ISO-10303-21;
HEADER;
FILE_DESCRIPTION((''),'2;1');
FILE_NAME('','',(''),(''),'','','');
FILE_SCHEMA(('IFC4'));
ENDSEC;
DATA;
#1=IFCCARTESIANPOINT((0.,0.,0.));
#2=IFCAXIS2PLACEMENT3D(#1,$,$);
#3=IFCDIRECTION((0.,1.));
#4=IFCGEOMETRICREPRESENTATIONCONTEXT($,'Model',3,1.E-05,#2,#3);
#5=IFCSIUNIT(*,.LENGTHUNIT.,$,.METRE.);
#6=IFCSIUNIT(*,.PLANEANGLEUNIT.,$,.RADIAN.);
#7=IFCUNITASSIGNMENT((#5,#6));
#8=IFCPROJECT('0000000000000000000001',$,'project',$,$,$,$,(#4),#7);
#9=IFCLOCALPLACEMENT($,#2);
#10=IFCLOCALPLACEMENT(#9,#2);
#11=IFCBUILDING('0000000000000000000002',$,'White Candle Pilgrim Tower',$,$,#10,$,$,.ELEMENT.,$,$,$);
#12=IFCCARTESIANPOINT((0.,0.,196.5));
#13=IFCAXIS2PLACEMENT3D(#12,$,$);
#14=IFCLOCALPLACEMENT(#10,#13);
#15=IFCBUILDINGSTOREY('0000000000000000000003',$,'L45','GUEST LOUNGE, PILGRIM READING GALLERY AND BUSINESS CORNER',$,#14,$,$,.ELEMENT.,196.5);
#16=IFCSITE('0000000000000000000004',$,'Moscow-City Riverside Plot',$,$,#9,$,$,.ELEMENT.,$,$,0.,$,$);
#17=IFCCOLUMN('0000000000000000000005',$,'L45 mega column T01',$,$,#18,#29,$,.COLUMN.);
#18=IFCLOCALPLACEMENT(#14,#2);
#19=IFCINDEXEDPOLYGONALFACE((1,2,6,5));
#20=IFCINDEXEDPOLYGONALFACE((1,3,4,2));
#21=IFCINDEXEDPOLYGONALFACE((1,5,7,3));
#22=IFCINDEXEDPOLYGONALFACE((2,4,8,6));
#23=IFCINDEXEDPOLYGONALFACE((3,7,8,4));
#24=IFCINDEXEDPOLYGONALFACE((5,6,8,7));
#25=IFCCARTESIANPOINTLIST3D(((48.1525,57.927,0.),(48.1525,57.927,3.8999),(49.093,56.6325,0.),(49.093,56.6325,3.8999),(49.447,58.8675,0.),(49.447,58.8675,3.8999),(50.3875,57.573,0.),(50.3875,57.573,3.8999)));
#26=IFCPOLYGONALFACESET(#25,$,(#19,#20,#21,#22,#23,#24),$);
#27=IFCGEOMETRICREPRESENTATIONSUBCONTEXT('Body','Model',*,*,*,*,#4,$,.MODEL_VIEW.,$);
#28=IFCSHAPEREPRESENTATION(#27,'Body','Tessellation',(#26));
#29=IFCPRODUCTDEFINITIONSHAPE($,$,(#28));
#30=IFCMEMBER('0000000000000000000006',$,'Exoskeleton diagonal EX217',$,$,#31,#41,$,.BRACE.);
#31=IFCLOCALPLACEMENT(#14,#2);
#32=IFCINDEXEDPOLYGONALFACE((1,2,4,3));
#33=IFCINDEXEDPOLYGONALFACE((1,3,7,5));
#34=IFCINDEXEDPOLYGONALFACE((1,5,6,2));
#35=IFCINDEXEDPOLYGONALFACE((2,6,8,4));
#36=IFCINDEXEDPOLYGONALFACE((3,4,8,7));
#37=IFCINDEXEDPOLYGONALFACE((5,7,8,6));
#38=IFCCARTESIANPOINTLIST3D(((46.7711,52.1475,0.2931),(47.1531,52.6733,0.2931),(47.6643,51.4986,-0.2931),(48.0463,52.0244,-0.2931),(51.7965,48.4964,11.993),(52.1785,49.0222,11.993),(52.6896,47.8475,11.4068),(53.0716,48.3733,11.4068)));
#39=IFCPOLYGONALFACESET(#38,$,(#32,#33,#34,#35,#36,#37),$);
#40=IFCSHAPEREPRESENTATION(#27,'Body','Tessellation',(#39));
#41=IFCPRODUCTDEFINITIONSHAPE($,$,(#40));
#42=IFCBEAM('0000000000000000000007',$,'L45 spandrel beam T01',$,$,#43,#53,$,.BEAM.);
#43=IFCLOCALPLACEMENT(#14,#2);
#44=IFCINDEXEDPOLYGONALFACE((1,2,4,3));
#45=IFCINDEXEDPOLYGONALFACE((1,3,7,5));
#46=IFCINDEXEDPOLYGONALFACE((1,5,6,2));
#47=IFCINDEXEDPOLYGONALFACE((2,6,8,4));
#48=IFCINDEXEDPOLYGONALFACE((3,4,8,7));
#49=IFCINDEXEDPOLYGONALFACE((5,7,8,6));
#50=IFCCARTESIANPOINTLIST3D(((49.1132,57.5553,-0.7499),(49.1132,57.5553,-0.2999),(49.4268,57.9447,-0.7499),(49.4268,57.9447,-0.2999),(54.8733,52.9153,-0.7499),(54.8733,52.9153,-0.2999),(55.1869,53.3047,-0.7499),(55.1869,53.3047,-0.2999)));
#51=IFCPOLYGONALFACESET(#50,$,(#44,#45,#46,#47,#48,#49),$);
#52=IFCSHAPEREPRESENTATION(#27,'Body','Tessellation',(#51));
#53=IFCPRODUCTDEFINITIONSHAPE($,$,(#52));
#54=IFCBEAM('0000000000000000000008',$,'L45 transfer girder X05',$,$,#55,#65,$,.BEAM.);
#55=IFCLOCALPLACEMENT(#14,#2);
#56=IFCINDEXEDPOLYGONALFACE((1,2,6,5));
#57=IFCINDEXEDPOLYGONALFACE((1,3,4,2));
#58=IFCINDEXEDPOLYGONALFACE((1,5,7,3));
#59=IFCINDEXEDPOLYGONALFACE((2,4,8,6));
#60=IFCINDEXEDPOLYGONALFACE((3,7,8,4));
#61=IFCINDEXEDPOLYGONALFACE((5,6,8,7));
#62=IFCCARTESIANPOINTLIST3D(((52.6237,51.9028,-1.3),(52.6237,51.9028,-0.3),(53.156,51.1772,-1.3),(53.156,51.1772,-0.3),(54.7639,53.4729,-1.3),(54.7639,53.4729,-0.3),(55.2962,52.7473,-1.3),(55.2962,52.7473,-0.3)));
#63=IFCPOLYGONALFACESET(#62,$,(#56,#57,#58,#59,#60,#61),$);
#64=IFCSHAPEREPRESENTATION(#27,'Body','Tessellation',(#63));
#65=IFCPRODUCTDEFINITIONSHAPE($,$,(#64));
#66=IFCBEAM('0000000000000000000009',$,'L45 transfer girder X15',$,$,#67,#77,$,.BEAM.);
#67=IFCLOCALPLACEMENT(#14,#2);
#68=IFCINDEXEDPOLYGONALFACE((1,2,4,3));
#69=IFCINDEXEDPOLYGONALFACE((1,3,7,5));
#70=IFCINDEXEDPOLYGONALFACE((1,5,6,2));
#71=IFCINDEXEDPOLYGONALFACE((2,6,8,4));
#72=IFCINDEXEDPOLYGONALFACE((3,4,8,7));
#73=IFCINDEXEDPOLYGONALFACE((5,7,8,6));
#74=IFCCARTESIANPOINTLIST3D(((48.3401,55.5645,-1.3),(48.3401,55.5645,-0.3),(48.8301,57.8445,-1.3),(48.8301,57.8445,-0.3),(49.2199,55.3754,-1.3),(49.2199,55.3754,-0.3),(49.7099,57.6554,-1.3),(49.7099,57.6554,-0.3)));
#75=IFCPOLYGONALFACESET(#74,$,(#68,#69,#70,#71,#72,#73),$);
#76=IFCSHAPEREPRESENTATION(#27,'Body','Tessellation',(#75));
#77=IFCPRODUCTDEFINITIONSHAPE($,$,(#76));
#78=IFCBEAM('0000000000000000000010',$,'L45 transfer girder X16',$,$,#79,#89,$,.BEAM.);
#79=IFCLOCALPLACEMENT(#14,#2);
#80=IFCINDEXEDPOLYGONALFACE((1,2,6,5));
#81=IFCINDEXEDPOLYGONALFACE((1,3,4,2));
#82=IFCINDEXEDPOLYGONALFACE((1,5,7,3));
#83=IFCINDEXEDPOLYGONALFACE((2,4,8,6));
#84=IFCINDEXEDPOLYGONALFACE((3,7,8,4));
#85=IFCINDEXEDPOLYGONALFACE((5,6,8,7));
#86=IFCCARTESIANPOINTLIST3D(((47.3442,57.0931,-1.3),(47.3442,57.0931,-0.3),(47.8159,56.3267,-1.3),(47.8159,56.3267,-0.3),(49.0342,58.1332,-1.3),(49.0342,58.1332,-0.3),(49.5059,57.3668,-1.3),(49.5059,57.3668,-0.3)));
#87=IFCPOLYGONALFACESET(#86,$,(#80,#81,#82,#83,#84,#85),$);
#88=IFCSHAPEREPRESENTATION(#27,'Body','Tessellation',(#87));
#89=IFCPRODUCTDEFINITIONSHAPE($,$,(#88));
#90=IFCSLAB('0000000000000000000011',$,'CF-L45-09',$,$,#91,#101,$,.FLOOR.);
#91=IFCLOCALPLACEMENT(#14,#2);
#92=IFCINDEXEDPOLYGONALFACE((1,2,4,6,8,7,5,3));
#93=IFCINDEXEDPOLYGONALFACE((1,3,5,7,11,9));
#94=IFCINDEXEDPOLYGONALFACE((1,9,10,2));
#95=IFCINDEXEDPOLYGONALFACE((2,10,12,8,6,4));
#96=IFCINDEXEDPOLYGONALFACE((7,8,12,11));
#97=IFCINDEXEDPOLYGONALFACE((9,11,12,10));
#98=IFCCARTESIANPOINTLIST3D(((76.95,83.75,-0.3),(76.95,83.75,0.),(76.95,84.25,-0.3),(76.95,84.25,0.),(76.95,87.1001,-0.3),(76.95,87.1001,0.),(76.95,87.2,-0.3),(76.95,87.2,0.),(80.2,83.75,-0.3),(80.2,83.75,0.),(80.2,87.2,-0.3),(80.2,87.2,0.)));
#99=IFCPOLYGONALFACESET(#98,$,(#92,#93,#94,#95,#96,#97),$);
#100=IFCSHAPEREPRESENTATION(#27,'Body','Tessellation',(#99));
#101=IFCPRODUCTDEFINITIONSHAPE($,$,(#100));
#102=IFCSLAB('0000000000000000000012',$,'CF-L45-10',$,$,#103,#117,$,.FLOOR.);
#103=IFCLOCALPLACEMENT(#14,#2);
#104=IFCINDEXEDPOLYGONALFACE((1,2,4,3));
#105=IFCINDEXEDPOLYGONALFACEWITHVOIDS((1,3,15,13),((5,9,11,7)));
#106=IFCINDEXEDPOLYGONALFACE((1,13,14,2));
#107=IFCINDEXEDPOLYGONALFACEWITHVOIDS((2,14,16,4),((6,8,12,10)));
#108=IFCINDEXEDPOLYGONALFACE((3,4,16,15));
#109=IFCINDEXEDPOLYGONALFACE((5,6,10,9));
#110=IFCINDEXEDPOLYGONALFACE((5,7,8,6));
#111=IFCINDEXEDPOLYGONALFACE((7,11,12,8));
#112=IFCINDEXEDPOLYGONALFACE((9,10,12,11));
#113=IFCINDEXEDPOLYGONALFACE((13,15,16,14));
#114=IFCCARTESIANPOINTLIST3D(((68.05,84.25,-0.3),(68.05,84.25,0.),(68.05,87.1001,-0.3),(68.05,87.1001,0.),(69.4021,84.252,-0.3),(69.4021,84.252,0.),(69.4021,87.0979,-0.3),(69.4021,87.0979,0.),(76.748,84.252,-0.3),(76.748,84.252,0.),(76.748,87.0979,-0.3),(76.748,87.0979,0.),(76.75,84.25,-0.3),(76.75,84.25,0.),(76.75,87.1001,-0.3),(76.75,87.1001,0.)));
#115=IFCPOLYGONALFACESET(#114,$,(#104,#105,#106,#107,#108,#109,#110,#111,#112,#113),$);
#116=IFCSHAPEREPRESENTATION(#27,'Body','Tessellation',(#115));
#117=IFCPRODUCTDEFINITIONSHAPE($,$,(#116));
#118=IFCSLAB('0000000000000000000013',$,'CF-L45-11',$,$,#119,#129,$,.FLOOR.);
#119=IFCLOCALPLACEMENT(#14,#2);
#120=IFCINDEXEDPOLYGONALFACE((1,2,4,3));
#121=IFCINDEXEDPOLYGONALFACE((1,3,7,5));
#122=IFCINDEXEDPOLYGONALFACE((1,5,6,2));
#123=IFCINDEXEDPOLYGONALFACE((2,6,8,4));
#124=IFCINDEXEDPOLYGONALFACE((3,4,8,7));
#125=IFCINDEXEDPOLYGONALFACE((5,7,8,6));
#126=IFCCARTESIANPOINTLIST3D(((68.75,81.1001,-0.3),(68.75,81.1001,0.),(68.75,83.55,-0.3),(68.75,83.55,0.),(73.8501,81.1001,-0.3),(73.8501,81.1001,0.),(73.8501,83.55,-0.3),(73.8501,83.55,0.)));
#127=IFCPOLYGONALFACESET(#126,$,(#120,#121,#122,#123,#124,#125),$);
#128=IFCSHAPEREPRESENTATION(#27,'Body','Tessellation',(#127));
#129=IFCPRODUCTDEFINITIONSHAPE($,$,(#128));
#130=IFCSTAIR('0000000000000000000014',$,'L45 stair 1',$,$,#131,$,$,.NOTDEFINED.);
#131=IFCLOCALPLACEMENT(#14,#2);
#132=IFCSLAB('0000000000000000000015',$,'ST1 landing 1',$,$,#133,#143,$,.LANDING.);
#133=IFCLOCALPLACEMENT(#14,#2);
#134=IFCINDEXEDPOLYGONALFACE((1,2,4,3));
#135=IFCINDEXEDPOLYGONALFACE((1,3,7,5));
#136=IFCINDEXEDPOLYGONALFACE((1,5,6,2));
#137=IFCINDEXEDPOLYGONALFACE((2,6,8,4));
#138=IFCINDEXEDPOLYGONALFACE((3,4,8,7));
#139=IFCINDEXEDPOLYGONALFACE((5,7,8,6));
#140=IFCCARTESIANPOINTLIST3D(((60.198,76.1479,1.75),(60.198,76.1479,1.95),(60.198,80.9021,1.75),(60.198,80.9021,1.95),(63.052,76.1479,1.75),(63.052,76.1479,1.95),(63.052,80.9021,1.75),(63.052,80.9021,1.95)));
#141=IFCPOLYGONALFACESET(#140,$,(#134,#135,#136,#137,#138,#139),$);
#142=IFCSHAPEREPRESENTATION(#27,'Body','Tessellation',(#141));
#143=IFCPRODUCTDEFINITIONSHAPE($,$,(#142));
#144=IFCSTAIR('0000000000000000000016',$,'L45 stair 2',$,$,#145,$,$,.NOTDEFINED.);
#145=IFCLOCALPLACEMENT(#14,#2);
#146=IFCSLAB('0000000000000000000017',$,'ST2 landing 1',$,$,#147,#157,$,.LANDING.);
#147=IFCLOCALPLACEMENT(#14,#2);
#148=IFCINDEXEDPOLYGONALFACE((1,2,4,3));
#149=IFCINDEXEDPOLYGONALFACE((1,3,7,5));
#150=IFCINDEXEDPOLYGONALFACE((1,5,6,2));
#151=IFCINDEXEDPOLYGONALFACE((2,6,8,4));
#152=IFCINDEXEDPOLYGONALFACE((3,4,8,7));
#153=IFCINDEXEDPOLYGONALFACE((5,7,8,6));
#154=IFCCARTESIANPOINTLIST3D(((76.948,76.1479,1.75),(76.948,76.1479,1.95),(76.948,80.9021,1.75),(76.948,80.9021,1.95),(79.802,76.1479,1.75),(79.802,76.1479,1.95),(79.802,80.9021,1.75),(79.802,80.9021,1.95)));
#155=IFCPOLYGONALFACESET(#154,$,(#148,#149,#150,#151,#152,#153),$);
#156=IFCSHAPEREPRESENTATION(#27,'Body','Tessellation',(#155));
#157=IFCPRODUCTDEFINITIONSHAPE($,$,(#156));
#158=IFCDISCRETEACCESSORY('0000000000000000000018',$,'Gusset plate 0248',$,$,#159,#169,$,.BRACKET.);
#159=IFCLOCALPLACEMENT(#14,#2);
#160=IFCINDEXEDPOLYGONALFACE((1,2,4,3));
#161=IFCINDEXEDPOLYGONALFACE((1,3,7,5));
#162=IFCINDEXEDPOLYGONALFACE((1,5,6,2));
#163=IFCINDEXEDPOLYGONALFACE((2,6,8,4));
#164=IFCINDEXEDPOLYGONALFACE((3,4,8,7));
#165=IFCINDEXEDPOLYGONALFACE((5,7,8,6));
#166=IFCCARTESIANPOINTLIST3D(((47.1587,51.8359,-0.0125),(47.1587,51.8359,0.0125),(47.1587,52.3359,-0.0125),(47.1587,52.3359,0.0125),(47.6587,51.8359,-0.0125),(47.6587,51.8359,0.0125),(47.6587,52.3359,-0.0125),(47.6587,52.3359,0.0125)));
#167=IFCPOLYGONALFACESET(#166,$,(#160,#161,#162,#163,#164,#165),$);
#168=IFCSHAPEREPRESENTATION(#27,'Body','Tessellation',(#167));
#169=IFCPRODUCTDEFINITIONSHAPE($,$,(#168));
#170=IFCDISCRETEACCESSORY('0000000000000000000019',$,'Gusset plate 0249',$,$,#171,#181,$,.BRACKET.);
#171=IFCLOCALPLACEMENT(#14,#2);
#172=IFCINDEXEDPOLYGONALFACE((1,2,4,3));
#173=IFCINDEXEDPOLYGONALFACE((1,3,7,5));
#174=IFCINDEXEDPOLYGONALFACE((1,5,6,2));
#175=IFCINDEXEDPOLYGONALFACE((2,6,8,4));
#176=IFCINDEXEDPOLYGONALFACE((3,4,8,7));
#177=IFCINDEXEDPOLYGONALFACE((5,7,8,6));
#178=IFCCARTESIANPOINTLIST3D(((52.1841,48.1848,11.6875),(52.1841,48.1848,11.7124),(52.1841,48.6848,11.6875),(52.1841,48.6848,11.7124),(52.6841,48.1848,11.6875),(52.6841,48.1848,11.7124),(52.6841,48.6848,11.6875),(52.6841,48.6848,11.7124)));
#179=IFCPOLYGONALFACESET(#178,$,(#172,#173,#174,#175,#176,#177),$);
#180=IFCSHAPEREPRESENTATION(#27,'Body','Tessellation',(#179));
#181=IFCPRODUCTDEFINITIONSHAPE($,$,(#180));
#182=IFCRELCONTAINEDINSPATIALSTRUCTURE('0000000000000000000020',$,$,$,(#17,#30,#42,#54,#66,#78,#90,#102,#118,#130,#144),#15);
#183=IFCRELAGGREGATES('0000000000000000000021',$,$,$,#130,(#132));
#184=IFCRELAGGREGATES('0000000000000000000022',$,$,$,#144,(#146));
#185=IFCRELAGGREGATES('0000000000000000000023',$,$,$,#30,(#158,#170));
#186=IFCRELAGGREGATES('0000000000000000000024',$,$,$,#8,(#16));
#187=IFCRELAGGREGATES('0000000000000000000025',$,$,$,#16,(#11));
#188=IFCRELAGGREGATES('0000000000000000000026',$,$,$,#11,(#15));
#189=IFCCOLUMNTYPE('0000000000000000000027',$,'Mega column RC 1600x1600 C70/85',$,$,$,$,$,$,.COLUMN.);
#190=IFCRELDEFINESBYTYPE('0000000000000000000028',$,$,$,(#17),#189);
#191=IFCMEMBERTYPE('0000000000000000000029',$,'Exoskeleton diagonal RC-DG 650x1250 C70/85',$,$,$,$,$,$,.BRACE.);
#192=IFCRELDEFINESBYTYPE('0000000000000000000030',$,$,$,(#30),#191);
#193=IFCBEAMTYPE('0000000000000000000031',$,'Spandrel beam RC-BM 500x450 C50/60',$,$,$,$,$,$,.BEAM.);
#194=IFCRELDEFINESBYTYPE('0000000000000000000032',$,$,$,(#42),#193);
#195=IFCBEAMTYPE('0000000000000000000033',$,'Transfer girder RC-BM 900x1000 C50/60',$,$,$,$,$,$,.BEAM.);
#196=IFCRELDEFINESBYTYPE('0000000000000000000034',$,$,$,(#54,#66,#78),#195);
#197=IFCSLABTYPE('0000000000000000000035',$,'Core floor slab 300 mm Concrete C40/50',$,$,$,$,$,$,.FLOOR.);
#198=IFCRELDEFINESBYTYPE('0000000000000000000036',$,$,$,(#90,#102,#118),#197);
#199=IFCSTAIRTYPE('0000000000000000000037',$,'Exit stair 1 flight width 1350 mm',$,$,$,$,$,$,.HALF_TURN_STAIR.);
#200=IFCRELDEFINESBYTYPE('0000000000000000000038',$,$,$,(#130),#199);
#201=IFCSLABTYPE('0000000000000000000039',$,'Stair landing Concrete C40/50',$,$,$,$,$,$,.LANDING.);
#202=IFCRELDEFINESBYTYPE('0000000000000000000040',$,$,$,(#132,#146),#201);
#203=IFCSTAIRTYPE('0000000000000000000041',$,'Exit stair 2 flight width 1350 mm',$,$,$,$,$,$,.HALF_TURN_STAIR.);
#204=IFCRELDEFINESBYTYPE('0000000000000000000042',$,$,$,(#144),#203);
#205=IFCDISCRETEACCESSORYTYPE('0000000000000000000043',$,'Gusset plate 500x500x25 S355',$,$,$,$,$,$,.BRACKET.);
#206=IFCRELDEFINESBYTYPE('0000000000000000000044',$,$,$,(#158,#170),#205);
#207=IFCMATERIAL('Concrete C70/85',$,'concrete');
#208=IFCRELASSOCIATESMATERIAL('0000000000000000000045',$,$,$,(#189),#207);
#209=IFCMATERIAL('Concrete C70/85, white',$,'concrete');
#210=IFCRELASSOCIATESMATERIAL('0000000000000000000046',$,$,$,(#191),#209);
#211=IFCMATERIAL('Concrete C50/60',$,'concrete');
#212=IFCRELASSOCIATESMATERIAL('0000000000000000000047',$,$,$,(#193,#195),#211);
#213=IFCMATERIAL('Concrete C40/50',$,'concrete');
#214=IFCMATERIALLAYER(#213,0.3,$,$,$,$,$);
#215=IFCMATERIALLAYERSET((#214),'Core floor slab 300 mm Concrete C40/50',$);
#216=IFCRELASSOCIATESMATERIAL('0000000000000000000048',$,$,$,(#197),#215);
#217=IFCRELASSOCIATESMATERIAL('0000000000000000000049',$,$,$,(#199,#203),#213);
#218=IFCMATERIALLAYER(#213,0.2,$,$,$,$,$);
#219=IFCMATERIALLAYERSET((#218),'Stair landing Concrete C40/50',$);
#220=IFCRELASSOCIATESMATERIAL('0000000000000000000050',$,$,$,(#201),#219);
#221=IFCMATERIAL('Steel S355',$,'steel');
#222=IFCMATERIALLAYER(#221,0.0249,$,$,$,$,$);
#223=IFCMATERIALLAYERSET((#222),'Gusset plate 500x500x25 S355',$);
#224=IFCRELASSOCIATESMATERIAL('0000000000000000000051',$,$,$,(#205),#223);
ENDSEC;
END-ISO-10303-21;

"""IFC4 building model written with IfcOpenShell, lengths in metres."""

from ifc_helpers import new_model, si_unit, direction, frame, origin, origin_2d, place, context, subcontext, project, spatial, polyline, rectangle, outline, extrude, material, layer, layer_set, material_profile, profile_set, type_object, element, aggregate, save


model = new_model("IFC4")

# Units and contexts
model_context = context("Model", 3, precision=1e-05, world=origin(), true_north=direction((0.0, 1.0)))
body_context = subcontext(model_context, "Body", "Model", "MODEL_VIEW")
ifc_project = project(units=[si_unit("LENGTHUNIT", "METRE"), si_unit("PLANEANGLEUNIT", "RADIAN")], contexts=[model_context])

# Site, building, storey
site_placement = place(None, origin())
site = spatial("IfcSite", under=ifc_project, at=site_placement, Name="Moscow-City Riverside Plot", CompositionType="ELEMENT", RefElevation=0.0)
building_placement = place(site_placement, origin())
building = spatial("IfcBuilding", under=site, at=building_placement, Name="White Candle Pilgrim Tower", CompositionType="ELEMENT")
storey_placement = place(building_placement, frame((0.0, 0.0, 196.5)))
storey = spatial("IfcBuildingStorey", under=building, at=storey_placement, Name="L45", Description="GUEST LOUNGE, PILGRIM READING GALLERY AND BUSINESS CORNER", CompositionType="ELEMENT", Elevation=196.5)

# Column
ifc_material_1 = material(Name="Concrete C70/85", Category="concrete")
ifc_material_profile_1 = material_profile(ifc_material_1, rectangle(XDim=1.6001, YDim=1.6001, at=origin_2d()), Name="RC 1600x1600")
ifc_profile_set_1 = profile_set([ifc_material_profile_1], Name="Concrete C70/85")
column_type = type_object("IfcColumnType", Name="Mega column RC 1600x1600 C70/85", PredefinedType="COLUMN", material=ifc_profile_set_1)
column_placement = place(storey_placement, frame((49.27, 57.75, 0.0), z_axis=(0.0, 0.0, 1.0), x_axis=(-0.809017, -0.587785, 0.0)))
element("IfcColumn", 1, at=column_placement, inside=storey, type_object=column_type, Name="L45 mega column T01", PredefinedType="COLUMN", context=body_context, shape_type="SweptSolid", body=[
    extrude(rectangle(XDim=1.6001, YDim=1.6001, at=origin_2d()), origin(), (0.0, 0.0, 1.0), 3.8999),
])

# Member
ifc_material_2 = material(Name="Concrete C70/85, white", Category="concrete")
ifc_material_profile_2 = material_profile(ifc_material_2, rectangle(XDim=0.6499, YDim=1.25, at=origin_2d()), Name="RC-DG 650x1250")
ifc_profile_set_2 = profile_set([ifc_material_profile_2], Name="Concrete C70/85, white")
member_type = type_object("IfcMemberType", Name="Exoskeleton diagonal RC-DG 650x1250 C70/85", PredefinedType="BRACE", material=ifc_profile_set_2)
member_placement = place(storey_placement, frame((47.4087, 52.0859, 0.0), z_axis=(0.37937, -0.275626, 0.883238), x_axis=(0.587781, 0.80902, 0.0)))
member = element("IfcMember", 2, at=member_placement, inside=storey, type_object=member_type, Name="Exoskeleton diagonal EX217", PredefinedType="BRACE", context=body_context, shape_type="SweptSolid", body=[
    extrude(rectangle(XDim=0.6499, YDim=1.25, at=origin_2d()), origin(), (0.0, 0.0, 1.0), 13.2466),
])

# Beams
ifc_material_3 = material(Name="Concrete C50/60", Category="concrete")
ifc_material_profile_3 = material_profile(ifc_material_3, rectangle(XDim=0.5, YDim=0.45, at=origin_2d()), Name="RC-BM 500x450")
ifc_profile_set_3 = profile_set([ifc_material_profile_3], Name="Concrete C50/60")
beam_type_1 = type_object("IfcBeamType", Name="Spandrel beam RC-BM 500x450 C50/60", PredefinedType="BEAM", material=ifc_profile_set_3)
beam_1_placement = place(storey_placement, frame((49.27, 57.75, -0.5249), z_axis=(0.778762, -0.62732, 0.0), x_axis=(0.62732, 0.778762, 0.0)))
element("IfcBeam", 3, at=beam_1_placement, inside=storey, type_object=beam_type_1, Name="L45 spandrel beam T01", PredefinedType="BEAM", context=body_context, shape_type="SweptSolid", body=[
    extrude(rectangle(XDim=0.5, YDim=0.45, at=origin_2d()), origin(), (0.0, 0.0, 1.0), 7.3965),
])
ifc_material_profile_4 = material_profile(ifc_material_3, rectangle(XDim=0.8999, YDim=1.0, at=origin_2d()), Name="RC-BM 900x1000")
ifc_profile_set_4 = profile_set([ifc_material_profile_4], Name="Concrete C50/60")
beam_type_2 = type_object("IfcBeamType", Name="Transfer girder RC-BM 900x1000 C50/60", PredefinedType="BEAM", material=ifc_profile_set_4)
beam_2_placement = place(storey_placement, frame((52.8899, 51.54, -0.8), z_axis=(0.806291, 0.591519, 0.0), x_axis=(-0.591519, 0.806291, 0.0)))
element("IfcBeam", 4, at=beam_2_placement, inside=storey, type_object=beam_type_2, Name="L45 transfer girder X05", PredefinedType="BEAM", context=body_context, shape_type="SweptSolid", body=[
    extrude(rectangle(XDim=0.8999, YDim=1.0, at=origin_2d()), origin(), (0.0, 0.0, 1.0), 2.6543),
])
beam_3_placement = place(storey_placement, frame((48.78, 55.47, -0.8), z_axis=(0.210108, 0.977678, 0.0), x_axis=(-0.977678, 0.210108, 0.0)))
element("IfcBeam", 5, at=beam_3_placement, inside=storey, type_object=beam_type_2, Name="L45 transfer girder X15", PredefinedType="BEAM", context=body_context, shape_type="SweptSolid", body=[
    extrude(rectangle(XDim=0.8999, YDim=1.0, at=origin_2d()), origin(), (0.0, 0.0, 1.0), 2.332),
])
beam_4_placement = place(storey_placement, frame((49.27, 57.75, -0.8), z_axis=(-0.851641, -0.524125, 0.0), x_axis=(0.524125, -0.851641, 0.0)))
element("IfcBeam", 6, at=beam_4_placement, inside=storey, type_object=beam_type_2, Name="L45 transfer girder X16", PredefinedType="BEAM", context=body_context, shape_type="SweptSolid", body=[
    extrude(rectangle(XDim=0.8999, YDim=1.0, at=origin_2d()), origin(), (0.0, 0.0, 1.0), 1.9844),
])

# Slabs
ifc_material_4 = material(Name="Concrete C40/50", Category="concrete")
ifc_layer_1 = layer(ifc_material_4, 0.3)
ifc_layer_set_1 = layer_set([ifc_layer_1], Name="Core floor slab 300 mm Concrete C40/50")
slab_type_1 = type_object("IfcSlabType", Name="Core floor slab 300 mm Concrete C40/50", PredefinedType="FLOOR", material=ifc_layer_set_1)
slab_1_placement = place(storey_placement, frame((0.0, 0.0, -0.3)))
element("IfcSlab", 7, at=slab_1_placement, inside=storey, type_object=slab_type_1, Name="CF-L45-09", PredefinedType="FLOOR", context=body_context, shape_type="SweptSolid", body=[
    extrude(outline(polyline([(80.2, 87.2), (80.2, 83.75), (76.95, 83.75), (76.95, 84.25), (76.95, 87.1001), (76.95, 87.2), (80.2, 87.2)])), origin(), (0.0, 0.0, 1.0), 0.3),
])
slab_2_placement = place(storey_placement, frame((0.0, 0.0, -0.3)))
element("IfcSlab", 8, at=slab_2_placement, inside=storey, type_object=slab_type_1, Name="CF-L45-10", PredefinedType="FLOOR", context=body_context, shape_type="SweptSolid", body=[
    extrude(outline(polyline([(68.05, 87.1001), (76.75, 87.1001), (76.75, 84.25), (68.05, 84.25), (68.05, 87.1001)]), holes=[polyline([(69.4021, 87.0979), (69.4021, 84.252), (76.748, 84.252), (76.748, 87.0979), (69.4021, 87.0979)])]), origin(), (0.0, 0.0, 1.0), 0.3),
])
slab_3_placement = place(storey_placement, frame((0.0, 0.0, -0.3)))
element("IfcSlab", 9, at=slab_3_placement, inside=storey, type_object=slab_type_1, Name="CF-L45-11", PredefinedType="FLOOR", context=body_context, shape_type="SweptSolid", body=[
    extrude(outline(polyline([(73.8501, 83.55), (73.8501, 81.1001), (68.75, 81.1001), (68.75, 83.55), (73.8501, 83.55)])), origin(), (0.0, 0.0, 1.0), 0.3),
])

# Stairs, slabs
stair_type_1 = type_object("IfcStairType", Name="Exit stair 1 flight width 1350 mm", PredefinedType="HALF_TURN_STAIR", material=ifc_material_4)
stair_1_placement = place(storey_placement, origin())
stair_1 = element("IfcStair", 10, at=stair_1_placement, inside=storey, type_object=stair_type_1, Name="L45 stair 1", PredefinedType="NOTDEFINED")
ifc_layer_2 = layer(ifc_material_4, 0.2)
ifc_layer_set_2 = layer_set([ifc_layer_2], Name="Stair landing Concrete C40/50")
slab_type_2 = type_object("IfcSlabType", Name="Stair landing Concrete C40/50", PredefinedType="LANDING", material=ifc_layer_set_2)
slab_4_placement = place(storey_placement, frame((0.0, 0.0, 1.75)))
slab_4 = element("IfcSlab", 11, at=slab_4_placement, type_object=slab_type_2, Name="ST1 landing 1", PredefinedType="LANDING", context=body_context, shape_type="SweptSolid", body=[
    extrude(outline(polyline([(63.052, 76.1479), (60.198, 76.1479), (60.198, 80.9021), (63.052, 80.9021), (63.052, 76.1479)])), origin(), (0.0, 0.0, 1.0), 0.2),
])
aggregate(stair_1, [slab_4])
stair_type_2 = type_object("IfcStairType", Name="Exit stair 2 flight width 1350 mm", PredefinedType="HALF_TURN_STAIR", material=ifc_material_4)
stair_2_placement = place(storey_placement, origin())
stair_2 = element("IfcStair", 12, at=stair_2_placement, inside=storey, type_object=stair_type_2, Name="L45 stair 2", PredefinedType="NOTDEFINED")
slab_5_placement = place(storey_placement, frame((0.0, 0.0, 1.75)))
slab_5 = element("IfcSlab", 13, at=slab_5_placement, type_object=slab_type_2, Name="ST2 landing 1", PredefinedType="LANDING", context=body_context, shape_type="SweptSolid", body=[
    extrude(outline(polyline([(79.802, 76.1479), (76.948, 76.1479), (76.948, 80.9021), (79.802, 80.9021), (79.802, 76.1479)])), origin(), (0.0, 0.0, 1.0), 0.2),
])
aggregate(stair_2, [slab_5])

# Discrete accessories
ifc_material_5 = material(Name="Steel S355", Category="steel")
ifc_layer_3 = layer(ifc_material_5, 0.0249)
ifc_layer_set_3 = layer_set([ifc_layer_3], Name="Gusset plate 500x500x25 S355")
discrete_accessory_type = type_object("IfcDiscreteAccessoryType", Name="Gusset plate 500x500x25 S355", PredefinedType="BRACKET", material=ifc_layer_set_3)
discrete_accessory_1_placement = place(storey_placement, frame((47.4087, 52.0859, -0.0125), z_axis=(0.0, 0.0, 1.0), x_axis=(1.0, 0.0, 0.0)))
discrete_accessory_1 = element("IfcDiscreteAccessory", 14, at=discrete_accessory_1_placement, type_object=discrete_accessory_type, Name="Gusset plate 0248", PredefinedType="BRACKET", context=body_context, shape_type="SweptSolid", body=[
    extrude(rectangle(XDim=0.5, YDim=0.5, at=origin_2d()), origin(), (0.0, 0.0, 1.0), 0.0249),
])
placement = place(building_placement, frame((0.0, 0.0, 208.2)))
discrete_accessory_2_placement = place(placement, frame((52.4341, 48.4348, -0.0125), z_axis=(0.0, 0.0, 1.0), x_axis=(1.0, 0.0, 0.0)))
discrete_accessory_2 = element("IfcDiscreteAccessory", 15, at=discrete_accessory_2_placement, type_object=discrete_accessory_type, Name="Gusset plate 0249", PredefinedType="BRACKET", context=body_context, shape_type="SweptSolid", body=[
    extrude(rectangle(XDim=0.5, YDim=0.5, at=origin_2d()), origin(), (0.0, 0.0, 1.0), 0.0249),
])
aggregate(member, [discrete_accessory_1, discrete_accessory_2])

save(model, "model.ifc")
